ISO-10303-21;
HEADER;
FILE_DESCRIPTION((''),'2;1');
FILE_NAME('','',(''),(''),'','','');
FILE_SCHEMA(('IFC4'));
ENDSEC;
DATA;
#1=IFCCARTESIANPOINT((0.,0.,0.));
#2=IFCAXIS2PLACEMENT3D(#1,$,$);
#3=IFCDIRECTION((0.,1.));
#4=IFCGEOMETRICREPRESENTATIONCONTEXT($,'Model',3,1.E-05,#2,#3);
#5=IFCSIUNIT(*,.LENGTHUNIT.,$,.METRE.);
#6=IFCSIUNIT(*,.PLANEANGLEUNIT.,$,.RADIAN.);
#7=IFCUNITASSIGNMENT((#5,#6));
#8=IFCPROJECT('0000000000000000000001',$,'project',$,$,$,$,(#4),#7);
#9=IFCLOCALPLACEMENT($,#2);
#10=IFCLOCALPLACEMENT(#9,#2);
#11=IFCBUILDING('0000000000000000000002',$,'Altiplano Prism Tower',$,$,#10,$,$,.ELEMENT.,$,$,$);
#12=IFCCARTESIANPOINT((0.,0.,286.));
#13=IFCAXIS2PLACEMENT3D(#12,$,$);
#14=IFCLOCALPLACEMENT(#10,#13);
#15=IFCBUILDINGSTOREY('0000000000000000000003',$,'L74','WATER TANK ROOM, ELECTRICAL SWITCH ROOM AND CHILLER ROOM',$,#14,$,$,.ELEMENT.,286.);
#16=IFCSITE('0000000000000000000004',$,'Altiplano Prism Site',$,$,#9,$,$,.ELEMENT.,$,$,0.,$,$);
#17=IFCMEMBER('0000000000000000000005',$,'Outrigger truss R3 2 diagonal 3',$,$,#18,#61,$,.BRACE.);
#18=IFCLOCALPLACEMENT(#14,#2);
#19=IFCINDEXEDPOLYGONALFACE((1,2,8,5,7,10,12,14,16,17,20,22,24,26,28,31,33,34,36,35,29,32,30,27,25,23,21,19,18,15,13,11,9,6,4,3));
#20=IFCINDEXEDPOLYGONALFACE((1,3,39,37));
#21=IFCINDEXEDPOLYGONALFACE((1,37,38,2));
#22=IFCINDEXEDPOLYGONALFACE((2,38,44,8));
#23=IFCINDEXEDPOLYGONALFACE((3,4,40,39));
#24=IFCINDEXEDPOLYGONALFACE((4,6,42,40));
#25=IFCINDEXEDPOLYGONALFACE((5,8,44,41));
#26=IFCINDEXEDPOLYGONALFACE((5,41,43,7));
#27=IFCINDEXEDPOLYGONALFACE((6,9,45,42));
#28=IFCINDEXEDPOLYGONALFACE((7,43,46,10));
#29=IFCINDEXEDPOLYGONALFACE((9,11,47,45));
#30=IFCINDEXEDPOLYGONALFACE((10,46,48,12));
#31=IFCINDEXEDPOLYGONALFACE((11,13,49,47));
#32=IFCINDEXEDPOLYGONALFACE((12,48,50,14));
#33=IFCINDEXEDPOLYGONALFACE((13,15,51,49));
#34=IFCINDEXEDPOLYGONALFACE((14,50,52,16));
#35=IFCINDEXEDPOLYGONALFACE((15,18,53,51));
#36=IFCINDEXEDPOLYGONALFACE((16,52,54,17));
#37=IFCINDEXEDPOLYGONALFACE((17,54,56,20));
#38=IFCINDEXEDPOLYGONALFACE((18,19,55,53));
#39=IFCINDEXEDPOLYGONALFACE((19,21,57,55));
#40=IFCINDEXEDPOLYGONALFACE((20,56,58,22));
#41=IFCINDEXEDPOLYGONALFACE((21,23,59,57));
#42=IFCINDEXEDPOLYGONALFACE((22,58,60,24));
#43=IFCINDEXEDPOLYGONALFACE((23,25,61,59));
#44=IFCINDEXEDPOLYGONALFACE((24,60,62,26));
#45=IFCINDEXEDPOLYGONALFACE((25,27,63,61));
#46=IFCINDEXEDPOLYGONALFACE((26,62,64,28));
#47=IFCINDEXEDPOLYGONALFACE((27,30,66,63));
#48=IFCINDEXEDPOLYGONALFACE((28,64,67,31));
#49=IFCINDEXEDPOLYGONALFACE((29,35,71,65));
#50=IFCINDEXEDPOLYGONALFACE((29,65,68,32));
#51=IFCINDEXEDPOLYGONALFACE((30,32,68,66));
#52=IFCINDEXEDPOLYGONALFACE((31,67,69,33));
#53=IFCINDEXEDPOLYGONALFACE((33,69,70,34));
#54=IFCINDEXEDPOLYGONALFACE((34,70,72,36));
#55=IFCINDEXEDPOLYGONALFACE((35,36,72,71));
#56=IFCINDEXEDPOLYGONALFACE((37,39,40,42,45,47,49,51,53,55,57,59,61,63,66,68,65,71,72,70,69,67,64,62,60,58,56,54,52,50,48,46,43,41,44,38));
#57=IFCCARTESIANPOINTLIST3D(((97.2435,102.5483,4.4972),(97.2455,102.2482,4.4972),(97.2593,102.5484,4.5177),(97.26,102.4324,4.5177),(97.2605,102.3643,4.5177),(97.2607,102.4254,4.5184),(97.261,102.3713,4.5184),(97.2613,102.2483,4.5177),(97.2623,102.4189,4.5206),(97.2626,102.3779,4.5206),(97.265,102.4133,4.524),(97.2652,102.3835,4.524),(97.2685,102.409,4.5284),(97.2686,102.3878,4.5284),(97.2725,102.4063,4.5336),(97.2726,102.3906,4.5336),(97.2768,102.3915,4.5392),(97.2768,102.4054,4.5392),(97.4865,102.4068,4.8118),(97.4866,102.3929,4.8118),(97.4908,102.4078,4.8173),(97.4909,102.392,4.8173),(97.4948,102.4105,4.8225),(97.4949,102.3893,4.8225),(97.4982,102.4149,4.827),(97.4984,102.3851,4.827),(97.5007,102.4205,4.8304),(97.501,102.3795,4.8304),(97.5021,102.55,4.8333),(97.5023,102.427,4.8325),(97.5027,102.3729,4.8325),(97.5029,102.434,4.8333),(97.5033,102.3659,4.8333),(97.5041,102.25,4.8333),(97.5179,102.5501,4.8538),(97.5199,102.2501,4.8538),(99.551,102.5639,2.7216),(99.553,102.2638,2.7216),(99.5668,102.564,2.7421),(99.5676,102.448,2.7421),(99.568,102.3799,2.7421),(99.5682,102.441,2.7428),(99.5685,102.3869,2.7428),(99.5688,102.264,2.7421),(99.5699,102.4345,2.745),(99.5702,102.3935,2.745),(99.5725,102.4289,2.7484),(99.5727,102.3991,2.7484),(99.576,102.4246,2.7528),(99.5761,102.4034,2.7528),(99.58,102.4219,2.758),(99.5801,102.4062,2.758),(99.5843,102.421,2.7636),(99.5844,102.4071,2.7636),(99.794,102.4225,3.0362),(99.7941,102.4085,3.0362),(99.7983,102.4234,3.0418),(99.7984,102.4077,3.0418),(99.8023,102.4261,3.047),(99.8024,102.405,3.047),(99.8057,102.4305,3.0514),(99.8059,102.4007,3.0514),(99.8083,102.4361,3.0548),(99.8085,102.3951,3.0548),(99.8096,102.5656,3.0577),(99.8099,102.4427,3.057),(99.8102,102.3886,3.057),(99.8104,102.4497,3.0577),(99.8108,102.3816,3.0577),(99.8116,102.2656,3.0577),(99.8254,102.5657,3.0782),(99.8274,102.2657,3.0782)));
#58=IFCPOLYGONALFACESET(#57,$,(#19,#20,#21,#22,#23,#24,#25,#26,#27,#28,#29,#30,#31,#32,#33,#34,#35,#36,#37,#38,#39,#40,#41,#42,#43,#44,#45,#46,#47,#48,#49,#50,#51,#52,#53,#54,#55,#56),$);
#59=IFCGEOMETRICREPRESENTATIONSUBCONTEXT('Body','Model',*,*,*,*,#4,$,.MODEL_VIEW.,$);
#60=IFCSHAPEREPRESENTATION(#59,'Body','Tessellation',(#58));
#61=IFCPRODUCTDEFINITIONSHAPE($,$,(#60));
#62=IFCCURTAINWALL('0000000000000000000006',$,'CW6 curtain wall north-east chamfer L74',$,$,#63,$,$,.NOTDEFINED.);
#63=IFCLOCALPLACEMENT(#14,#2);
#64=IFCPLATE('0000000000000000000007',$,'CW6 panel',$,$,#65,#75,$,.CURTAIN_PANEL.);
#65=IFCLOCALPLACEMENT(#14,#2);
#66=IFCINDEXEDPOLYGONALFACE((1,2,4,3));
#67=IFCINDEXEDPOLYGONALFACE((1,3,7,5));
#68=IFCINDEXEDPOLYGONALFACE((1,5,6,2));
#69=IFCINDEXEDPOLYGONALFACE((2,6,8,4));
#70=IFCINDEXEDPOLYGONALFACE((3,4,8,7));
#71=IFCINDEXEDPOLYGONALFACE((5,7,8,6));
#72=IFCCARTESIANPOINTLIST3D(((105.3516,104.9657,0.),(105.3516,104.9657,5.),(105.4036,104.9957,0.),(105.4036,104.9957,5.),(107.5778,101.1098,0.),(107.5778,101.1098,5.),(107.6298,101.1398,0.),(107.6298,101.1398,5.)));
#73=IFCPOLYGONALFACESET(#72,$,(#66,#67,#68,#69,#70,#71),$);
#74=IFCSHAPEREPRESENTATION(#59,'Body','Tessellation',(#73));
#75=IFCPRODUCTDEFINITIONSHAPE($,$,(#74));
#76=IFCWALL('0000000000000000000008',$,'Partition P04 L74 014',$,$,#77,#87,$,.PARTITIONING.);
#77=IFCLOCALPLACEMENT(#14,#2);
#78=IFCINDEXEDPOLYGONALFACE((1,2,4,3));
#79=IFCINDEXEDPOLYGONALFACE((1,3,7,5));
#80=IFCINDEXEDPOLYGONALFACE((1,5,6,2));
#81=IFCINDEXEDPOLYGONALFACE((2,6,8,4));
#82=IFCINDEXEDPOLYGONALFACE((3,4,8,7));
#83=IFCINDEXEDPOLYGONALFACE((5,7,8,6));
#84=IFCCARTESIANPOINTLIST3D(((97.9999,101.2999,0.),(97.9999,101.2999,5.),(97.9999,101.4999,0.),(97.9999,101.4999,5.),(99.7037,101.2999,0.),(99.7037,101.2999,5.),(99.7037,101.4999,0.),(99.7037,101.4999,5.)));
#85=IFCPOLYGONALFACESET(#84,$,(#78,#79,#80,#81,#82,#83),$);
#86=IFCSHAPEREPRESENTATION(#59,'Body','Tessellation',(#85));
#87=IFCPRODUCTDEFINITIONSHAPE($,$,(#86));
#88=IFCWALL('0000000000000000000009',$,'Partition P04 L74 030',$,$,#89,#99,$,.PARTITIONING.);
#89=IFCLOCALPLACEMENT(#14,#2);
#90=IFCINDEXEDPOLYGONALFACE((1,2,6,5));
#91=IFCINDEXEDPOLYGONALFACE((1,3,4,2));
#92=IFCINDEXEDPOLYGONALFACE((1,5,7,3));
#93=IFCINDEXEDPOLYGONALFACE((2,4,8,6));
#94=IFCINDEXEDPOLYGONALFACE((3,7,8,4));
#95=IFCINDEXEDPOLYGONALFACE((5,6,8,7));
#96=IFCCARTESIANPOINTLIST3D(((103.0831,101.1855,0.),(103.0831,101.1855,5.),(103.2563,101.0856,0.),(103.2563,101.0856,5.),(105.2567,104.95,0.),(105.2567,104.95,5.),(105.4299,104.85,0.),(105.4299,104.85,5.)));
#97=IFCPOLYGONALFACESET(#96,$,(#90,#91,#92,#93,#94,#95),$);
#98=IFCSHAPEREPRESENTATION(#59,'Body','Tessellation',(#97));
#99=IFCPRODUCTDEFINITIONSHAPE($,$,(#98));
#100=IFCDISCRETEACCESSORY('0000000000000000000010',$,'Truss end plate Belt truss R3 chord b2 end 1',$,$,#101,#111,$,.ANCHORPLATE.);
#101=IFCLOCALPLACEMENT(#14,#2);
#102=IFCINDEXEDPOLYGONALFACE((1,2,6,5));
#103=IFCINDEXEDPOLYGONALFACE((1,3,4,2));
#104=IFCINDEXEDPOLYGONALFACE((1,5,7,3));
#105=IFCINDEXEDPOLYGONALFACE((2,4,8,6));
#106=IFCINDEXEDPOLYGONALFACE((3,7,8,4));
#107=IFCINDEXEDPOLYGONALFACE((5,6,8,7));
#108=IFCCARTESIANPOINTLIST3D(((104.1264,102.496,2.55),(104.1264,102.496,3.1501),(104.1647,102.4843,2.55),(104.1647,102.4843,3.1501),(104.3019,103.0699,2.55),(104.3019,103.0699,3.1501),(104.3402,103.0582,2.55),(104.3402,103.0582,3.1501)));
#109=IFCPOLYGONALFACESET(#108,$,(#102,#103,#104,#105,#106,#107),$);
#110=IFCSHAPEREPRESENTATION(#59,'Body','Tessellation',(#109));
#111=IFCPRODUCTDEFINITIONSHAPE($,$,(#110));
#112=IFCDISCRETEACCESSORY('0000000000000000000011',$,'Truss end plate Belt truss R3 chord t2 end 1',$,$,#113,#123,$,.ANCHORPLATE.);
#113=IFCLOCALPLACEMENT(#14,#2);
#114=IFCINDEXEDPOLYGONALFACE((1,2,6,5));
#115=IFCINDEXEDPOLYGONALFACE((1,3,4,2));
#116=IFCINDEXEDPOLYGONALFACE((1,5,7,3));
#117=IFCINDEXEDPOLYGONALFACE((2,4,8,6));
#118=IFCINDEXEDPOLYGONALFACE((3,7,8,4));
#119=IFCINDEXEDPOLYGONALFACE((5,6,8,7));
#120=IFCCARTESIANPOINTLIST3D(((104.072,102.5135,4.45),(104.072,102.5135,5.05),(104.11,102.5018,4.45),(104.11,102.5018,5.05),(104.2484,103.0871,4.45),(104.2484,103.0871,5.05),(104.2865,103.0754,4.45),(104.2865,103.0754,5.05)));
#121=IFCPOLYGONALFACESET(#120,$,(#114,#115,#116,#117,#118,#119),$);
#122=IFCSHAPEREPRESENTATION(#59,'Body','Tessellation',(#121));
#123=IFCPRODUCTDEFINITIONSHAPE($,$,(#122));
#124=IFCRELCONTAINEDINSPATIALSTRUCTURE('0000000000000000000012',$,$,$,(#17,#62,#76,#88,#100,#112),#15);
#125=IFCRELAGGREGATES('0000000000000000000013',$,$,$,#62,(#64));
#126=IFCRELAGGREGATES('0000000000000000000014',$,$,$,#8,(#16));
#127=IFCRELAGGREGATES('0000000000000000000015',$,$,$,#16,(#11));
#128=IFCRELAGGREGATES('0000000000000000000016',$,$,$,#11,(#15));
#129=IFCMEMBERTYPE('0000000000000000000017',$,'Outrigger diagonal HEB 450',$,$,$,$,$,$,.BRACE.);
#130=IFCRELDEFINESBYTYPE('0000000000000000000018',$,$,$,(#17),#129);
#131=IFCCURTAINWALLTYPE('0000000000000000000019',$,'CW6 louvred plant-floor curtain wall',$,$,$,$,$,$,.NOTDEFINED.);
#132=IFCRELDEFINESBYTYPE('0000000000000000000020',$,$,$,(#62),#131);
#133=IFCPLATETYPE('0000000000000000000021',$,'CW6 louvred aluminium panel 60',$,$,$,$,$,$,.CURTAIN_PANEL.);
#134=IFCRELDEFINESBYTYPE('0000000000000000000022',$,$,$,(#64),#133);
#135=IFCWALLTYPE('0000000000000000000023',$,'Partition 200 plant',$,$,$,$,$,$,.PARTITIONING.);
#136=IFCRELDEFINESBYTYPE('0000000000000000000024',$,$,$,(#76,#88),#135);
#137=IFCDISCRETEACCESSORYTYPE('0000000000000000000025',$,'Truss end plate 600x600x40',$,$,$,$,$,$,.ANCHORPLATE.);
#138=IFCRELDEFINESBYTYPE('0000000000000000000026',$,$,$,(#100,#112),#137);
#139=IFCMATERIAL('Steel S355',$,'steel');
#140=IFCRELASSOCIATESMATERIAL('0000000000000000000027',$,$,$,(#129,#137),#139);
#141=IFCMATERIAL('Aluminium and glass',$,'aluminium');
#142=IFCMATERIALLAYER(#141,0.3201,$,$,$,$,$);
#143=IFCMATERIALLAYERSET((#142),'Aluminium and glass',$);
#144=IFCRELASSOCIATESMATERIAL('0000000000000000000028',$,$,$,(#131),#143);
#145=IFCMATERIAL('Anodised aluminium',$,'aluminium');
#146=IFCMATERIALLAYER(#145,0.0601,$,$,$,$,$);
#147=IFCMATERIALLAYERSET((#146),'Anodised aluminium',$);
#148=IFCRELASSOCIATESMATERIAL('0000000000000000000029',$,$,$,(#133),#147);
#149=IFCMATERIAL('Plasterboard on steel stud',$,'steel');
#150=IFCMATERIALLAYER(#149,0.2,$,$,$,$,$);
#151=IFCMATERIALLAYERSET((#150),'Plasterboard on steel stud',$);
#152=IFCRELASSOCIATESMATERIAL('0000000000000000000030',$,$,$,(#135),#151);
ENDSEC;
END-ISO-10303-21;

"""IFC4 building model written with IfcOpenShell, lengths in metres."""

from ifc_helpers import new_model, si_unit, direction, frame, frame_2d, origin, origin_2d, place, context, subcontext, project, spatial, rectangle, i_section, extrude, material, layer, layer_set, material_profile, profile_set, type_object, element, aggregate, save


model = new_model("IFC4")

# Units and contexts
model_context = context("Model", 3, precision=1e-05, world=origin(), true_north=direction((0.0, 1.0)))
body_context = subcontext(model_context, "Body", "Model", "MODEL_VIEW")
ifc_project = project(units=[si_unit("LENGTHUNIT", "METRE"), si_unit("PLANEANGLEUNIT", "RADIAN")], contexts=[model_context])

# Site, building, storey
site_placement = place(None, origin())
site = spatial("IfcSite", under=ifc_project, at=site_placement, Name="Altiplano Prism Site", CompositionType="ELEMENT", RefElevation=0.0)
building_placement = place(site_placement, origin())
building = spatial("IfcBuilding", under=site, at=building_placement, Name="Altiplano Prism Tower", CompositionType="ELEMENT")
storey_placement = place(building_placement, frame((0.0, 0.0, 286.0)))
storey = spatial("IfcBuildingStorey", under=building, at=storey_placement, Name="L74", Description="WATER TANK ROOM, ELECTRICAL SWITCH ROOM AND CHILLER ROOM", CompositionType="ELEMENT", Elevation=286.0)

# Member
ifc_material_1 = material(Name="Steel S355", Category="steel")
ifc_material_profile_1 = material_profile(ifc_material_1, i_section(OverallWidth=0.3, OverallDepth=0.45, WebThickness=0.0139, FlangeThickness=0.0259, FilletRadius=0.0271, at=origin_2d()), Name="Outrigger diagonal HEB 450")
ifc_profile_set_1 = profile_set([ifc_material_profile_1], Name="Steel S355")
member_type_1 = type_object("IfcMemberType", Name="Outrigger diagonal HEB 450", PredefinedType="BRACE", material=ifc_profile_set_1)
member_1_placement = place(storey_placement, frame((99.6892, 102.4148, 2.8999), z_axis=(-0.792522, -0.005366, 0.609819), x_axis=(0.006771, -0.999977, 0.0)))
element("IfcMember", 1, at=member_1_placement, inside=storey, type_object=member_type_1, Name="Outrigger truss R3 2 diagonal 3", PredefinedType="BRACE", context=body_context, shape_type="SweptSolid", body=[
    extrude(i_section(OverallWidth=0.3, OverallDepth=0.45, WebThickness=0.0139, FlangeThickness=0.0259, FilletRadius=0.0271, at=origin_2d()), origin(), (0.0, 0.0, 1.0), 2.9116),
])

# Curtain wall, plate
ifc_material_2 = material(Name="Aluminium and glass", Category="aluminium")
ifc_layer_1 = layer(ifc_material_2, 0.3201)
ifc_layer_set_1 = layer_set([ifc_layer_1], Name="Aluminium and glass")
curtain_wall_type = type_object("IfcCurtainWallType", Name="CW6 louvred plant-floor curtain wall", PredefinedType="NOTDEFINED", material=ifc_layer_set_1)
curtain_wall_placement = place(storey_placement, origin())
curtain_wall = element("IfcCurtainWall", 2, at=curtain_wall_placement, inside=storey, type_object=curtain_wall_type, Name="CW6 curtain wall north-east chamfer L74", PredefinedType="NOTDEFINED")
ifc_material_3 = material(Name="Anodised aluminium", Category="aluminium")
ifc_layer_2 = layer(ifc_material_3, 0.0601)
ifc_layer_set_2 = layer_set([ifc_layer_2], Name="Anodised aluminium")
plate_type = type_object("IfcPlateType", Name="CW6 louvred aluminium panel 60", PredefinedType="CURTAIN_PANEL", material=ifc_layer_set_2)
plate_placement = place(storey_placement, frame((106.4907, 103.0527, 0.0), z_axis=(0.0, 0.0, 1.0), x_axis=(-0.5, 0.866025, 0.0)))
plate = element("IfcPlate", 3, at=plate_placement, type_object=plate_type, Name="CW6 panel", PredefinedType="CURTAIN_PANEL", context=body_context, shape_type="SweptSolid", body=[
    extrude(rectangle(XDim=4.4524, YDim=0.0601, at=origin_2d()), origin(), (0.0, 0.0, 1.0), 5.0),
])
aggregate(curtain_wall, [plate])

# Walls
ifc_material_4 = material(Name="Plasterboard on steel stud", Category="steel")
ifc_layer_3 = layer(ifc_material_4, 0.2)
ifc_layer_set_3 = layer_set([ifc_layer_3], Name="Plasterboard on steel stud")
wall_type = type_object("IfcWallType", Name="Partition 200 plant", PredefinedType="PARTITIONING", material=ifc_layer_set_3)
wall_1_placement = place(storey_placement, frame((99.7039, 101.3999, 0.0), z_axis=(0.0, 0.0, 1.0), x_axis=(-1.0, 0.0, 0.0)))
element("IfcWall", 4, at=wall_1_placement, inside=storey, type_object=wall_type, Name="Partition P04 L74 014", PredefinedType="PARTITIONING", context=body_context, shape_type="SweptSolid", body=[
    extrude(rectangle(XDim=1.7039, YDim=0.2, at=frame_2d((0.8521, 0.0))), origin(), (0.0, 0.0, 1.0), 5.0),
])
wall_2_placement = place(storey_placement, frame((105.3433, 104.8999, 0.0), z_axis=(0.0, 0.0, 1.0), x_axis=(-0.500035, -0.866005, 0.0)))
element("IfcWall", 5, at=wall_2_placement, inside=storey, type_object=wall_type, Name="Partition P04 L74 030", PredefinedType="PARTITIONING", context=body_context, shape_type="SweptSolid", body=[
    extrude(rectangle(XDim=4.3469, YDim=0.2, at=frame_2d((2.1733, 0.0))), origin(), (0.0, 0.0, 1.0), 5.0),
])

# Discrete accessories
ifc_material_profile_2 = material_profile(ifc_material_1, rectangle(XDim=0.6001, YDim=0.6001, at=origin_2d()), Name="Truss end plate 600x600x40")
ifc_profile_set_2 = profile_set([ifc_material_profile_2], Name="Steel S355")
discrete_accessory_type = type_object("IfcDiscreteAccessoryType", Name="Truss end plate 600x600x40", PredefinedType="ANCHORPLATE", material=ifc_profile_set_2)
discrete_accessory_1_placement = place(storey_placement, frame((104.2524, 102.7712, 2.8501), z_axis=(-0.956304, 0.292373, 0.0), x_axis=(-0.292373, -0.956304, 0.0)))
element("IfcDiscreteAccessory", 6, at=discrete_accessory_1_placement, inside=storey, type_object=discrete_accessory_type, Name="Truss end plate Belt truss R3 chord b2 end 1", PredefinedType="ANCHORPLATE", context=body_context, shape_type="SweptSolid", body=[
    extrude(rectangle(XDim=0.6001, YDim=0.6001, at=origin_2d()), origin(), (0.0, 0.0, 1.0), 0.04),
])
discrete_accessory_2_placement = place(storey_placement, frame((104.1982, 102.7886, 4.75), z_axis=(-0.955779, 0.294086, 0.0), x_axis=(-0.294086, -0.955779, 0.0)))
element("IfcDiscreteAccessory", 7, at=discrete_accessory_2_placement, inside=storey, type_object=discrete_accessory_type, Name="Truss end plate Belt truss R3 chord t2 end 1", PredefinedType="ANCHORPLATE", context=body_context, shape_type="SweptSolid", body=[
    extrude(rectangle(XDim=0.6001, YDim=0.6001, at=origin_2d()), origin(), (0.0, 0.0, 1.0), 0.0398),
])

save(model, "model.ifc")
